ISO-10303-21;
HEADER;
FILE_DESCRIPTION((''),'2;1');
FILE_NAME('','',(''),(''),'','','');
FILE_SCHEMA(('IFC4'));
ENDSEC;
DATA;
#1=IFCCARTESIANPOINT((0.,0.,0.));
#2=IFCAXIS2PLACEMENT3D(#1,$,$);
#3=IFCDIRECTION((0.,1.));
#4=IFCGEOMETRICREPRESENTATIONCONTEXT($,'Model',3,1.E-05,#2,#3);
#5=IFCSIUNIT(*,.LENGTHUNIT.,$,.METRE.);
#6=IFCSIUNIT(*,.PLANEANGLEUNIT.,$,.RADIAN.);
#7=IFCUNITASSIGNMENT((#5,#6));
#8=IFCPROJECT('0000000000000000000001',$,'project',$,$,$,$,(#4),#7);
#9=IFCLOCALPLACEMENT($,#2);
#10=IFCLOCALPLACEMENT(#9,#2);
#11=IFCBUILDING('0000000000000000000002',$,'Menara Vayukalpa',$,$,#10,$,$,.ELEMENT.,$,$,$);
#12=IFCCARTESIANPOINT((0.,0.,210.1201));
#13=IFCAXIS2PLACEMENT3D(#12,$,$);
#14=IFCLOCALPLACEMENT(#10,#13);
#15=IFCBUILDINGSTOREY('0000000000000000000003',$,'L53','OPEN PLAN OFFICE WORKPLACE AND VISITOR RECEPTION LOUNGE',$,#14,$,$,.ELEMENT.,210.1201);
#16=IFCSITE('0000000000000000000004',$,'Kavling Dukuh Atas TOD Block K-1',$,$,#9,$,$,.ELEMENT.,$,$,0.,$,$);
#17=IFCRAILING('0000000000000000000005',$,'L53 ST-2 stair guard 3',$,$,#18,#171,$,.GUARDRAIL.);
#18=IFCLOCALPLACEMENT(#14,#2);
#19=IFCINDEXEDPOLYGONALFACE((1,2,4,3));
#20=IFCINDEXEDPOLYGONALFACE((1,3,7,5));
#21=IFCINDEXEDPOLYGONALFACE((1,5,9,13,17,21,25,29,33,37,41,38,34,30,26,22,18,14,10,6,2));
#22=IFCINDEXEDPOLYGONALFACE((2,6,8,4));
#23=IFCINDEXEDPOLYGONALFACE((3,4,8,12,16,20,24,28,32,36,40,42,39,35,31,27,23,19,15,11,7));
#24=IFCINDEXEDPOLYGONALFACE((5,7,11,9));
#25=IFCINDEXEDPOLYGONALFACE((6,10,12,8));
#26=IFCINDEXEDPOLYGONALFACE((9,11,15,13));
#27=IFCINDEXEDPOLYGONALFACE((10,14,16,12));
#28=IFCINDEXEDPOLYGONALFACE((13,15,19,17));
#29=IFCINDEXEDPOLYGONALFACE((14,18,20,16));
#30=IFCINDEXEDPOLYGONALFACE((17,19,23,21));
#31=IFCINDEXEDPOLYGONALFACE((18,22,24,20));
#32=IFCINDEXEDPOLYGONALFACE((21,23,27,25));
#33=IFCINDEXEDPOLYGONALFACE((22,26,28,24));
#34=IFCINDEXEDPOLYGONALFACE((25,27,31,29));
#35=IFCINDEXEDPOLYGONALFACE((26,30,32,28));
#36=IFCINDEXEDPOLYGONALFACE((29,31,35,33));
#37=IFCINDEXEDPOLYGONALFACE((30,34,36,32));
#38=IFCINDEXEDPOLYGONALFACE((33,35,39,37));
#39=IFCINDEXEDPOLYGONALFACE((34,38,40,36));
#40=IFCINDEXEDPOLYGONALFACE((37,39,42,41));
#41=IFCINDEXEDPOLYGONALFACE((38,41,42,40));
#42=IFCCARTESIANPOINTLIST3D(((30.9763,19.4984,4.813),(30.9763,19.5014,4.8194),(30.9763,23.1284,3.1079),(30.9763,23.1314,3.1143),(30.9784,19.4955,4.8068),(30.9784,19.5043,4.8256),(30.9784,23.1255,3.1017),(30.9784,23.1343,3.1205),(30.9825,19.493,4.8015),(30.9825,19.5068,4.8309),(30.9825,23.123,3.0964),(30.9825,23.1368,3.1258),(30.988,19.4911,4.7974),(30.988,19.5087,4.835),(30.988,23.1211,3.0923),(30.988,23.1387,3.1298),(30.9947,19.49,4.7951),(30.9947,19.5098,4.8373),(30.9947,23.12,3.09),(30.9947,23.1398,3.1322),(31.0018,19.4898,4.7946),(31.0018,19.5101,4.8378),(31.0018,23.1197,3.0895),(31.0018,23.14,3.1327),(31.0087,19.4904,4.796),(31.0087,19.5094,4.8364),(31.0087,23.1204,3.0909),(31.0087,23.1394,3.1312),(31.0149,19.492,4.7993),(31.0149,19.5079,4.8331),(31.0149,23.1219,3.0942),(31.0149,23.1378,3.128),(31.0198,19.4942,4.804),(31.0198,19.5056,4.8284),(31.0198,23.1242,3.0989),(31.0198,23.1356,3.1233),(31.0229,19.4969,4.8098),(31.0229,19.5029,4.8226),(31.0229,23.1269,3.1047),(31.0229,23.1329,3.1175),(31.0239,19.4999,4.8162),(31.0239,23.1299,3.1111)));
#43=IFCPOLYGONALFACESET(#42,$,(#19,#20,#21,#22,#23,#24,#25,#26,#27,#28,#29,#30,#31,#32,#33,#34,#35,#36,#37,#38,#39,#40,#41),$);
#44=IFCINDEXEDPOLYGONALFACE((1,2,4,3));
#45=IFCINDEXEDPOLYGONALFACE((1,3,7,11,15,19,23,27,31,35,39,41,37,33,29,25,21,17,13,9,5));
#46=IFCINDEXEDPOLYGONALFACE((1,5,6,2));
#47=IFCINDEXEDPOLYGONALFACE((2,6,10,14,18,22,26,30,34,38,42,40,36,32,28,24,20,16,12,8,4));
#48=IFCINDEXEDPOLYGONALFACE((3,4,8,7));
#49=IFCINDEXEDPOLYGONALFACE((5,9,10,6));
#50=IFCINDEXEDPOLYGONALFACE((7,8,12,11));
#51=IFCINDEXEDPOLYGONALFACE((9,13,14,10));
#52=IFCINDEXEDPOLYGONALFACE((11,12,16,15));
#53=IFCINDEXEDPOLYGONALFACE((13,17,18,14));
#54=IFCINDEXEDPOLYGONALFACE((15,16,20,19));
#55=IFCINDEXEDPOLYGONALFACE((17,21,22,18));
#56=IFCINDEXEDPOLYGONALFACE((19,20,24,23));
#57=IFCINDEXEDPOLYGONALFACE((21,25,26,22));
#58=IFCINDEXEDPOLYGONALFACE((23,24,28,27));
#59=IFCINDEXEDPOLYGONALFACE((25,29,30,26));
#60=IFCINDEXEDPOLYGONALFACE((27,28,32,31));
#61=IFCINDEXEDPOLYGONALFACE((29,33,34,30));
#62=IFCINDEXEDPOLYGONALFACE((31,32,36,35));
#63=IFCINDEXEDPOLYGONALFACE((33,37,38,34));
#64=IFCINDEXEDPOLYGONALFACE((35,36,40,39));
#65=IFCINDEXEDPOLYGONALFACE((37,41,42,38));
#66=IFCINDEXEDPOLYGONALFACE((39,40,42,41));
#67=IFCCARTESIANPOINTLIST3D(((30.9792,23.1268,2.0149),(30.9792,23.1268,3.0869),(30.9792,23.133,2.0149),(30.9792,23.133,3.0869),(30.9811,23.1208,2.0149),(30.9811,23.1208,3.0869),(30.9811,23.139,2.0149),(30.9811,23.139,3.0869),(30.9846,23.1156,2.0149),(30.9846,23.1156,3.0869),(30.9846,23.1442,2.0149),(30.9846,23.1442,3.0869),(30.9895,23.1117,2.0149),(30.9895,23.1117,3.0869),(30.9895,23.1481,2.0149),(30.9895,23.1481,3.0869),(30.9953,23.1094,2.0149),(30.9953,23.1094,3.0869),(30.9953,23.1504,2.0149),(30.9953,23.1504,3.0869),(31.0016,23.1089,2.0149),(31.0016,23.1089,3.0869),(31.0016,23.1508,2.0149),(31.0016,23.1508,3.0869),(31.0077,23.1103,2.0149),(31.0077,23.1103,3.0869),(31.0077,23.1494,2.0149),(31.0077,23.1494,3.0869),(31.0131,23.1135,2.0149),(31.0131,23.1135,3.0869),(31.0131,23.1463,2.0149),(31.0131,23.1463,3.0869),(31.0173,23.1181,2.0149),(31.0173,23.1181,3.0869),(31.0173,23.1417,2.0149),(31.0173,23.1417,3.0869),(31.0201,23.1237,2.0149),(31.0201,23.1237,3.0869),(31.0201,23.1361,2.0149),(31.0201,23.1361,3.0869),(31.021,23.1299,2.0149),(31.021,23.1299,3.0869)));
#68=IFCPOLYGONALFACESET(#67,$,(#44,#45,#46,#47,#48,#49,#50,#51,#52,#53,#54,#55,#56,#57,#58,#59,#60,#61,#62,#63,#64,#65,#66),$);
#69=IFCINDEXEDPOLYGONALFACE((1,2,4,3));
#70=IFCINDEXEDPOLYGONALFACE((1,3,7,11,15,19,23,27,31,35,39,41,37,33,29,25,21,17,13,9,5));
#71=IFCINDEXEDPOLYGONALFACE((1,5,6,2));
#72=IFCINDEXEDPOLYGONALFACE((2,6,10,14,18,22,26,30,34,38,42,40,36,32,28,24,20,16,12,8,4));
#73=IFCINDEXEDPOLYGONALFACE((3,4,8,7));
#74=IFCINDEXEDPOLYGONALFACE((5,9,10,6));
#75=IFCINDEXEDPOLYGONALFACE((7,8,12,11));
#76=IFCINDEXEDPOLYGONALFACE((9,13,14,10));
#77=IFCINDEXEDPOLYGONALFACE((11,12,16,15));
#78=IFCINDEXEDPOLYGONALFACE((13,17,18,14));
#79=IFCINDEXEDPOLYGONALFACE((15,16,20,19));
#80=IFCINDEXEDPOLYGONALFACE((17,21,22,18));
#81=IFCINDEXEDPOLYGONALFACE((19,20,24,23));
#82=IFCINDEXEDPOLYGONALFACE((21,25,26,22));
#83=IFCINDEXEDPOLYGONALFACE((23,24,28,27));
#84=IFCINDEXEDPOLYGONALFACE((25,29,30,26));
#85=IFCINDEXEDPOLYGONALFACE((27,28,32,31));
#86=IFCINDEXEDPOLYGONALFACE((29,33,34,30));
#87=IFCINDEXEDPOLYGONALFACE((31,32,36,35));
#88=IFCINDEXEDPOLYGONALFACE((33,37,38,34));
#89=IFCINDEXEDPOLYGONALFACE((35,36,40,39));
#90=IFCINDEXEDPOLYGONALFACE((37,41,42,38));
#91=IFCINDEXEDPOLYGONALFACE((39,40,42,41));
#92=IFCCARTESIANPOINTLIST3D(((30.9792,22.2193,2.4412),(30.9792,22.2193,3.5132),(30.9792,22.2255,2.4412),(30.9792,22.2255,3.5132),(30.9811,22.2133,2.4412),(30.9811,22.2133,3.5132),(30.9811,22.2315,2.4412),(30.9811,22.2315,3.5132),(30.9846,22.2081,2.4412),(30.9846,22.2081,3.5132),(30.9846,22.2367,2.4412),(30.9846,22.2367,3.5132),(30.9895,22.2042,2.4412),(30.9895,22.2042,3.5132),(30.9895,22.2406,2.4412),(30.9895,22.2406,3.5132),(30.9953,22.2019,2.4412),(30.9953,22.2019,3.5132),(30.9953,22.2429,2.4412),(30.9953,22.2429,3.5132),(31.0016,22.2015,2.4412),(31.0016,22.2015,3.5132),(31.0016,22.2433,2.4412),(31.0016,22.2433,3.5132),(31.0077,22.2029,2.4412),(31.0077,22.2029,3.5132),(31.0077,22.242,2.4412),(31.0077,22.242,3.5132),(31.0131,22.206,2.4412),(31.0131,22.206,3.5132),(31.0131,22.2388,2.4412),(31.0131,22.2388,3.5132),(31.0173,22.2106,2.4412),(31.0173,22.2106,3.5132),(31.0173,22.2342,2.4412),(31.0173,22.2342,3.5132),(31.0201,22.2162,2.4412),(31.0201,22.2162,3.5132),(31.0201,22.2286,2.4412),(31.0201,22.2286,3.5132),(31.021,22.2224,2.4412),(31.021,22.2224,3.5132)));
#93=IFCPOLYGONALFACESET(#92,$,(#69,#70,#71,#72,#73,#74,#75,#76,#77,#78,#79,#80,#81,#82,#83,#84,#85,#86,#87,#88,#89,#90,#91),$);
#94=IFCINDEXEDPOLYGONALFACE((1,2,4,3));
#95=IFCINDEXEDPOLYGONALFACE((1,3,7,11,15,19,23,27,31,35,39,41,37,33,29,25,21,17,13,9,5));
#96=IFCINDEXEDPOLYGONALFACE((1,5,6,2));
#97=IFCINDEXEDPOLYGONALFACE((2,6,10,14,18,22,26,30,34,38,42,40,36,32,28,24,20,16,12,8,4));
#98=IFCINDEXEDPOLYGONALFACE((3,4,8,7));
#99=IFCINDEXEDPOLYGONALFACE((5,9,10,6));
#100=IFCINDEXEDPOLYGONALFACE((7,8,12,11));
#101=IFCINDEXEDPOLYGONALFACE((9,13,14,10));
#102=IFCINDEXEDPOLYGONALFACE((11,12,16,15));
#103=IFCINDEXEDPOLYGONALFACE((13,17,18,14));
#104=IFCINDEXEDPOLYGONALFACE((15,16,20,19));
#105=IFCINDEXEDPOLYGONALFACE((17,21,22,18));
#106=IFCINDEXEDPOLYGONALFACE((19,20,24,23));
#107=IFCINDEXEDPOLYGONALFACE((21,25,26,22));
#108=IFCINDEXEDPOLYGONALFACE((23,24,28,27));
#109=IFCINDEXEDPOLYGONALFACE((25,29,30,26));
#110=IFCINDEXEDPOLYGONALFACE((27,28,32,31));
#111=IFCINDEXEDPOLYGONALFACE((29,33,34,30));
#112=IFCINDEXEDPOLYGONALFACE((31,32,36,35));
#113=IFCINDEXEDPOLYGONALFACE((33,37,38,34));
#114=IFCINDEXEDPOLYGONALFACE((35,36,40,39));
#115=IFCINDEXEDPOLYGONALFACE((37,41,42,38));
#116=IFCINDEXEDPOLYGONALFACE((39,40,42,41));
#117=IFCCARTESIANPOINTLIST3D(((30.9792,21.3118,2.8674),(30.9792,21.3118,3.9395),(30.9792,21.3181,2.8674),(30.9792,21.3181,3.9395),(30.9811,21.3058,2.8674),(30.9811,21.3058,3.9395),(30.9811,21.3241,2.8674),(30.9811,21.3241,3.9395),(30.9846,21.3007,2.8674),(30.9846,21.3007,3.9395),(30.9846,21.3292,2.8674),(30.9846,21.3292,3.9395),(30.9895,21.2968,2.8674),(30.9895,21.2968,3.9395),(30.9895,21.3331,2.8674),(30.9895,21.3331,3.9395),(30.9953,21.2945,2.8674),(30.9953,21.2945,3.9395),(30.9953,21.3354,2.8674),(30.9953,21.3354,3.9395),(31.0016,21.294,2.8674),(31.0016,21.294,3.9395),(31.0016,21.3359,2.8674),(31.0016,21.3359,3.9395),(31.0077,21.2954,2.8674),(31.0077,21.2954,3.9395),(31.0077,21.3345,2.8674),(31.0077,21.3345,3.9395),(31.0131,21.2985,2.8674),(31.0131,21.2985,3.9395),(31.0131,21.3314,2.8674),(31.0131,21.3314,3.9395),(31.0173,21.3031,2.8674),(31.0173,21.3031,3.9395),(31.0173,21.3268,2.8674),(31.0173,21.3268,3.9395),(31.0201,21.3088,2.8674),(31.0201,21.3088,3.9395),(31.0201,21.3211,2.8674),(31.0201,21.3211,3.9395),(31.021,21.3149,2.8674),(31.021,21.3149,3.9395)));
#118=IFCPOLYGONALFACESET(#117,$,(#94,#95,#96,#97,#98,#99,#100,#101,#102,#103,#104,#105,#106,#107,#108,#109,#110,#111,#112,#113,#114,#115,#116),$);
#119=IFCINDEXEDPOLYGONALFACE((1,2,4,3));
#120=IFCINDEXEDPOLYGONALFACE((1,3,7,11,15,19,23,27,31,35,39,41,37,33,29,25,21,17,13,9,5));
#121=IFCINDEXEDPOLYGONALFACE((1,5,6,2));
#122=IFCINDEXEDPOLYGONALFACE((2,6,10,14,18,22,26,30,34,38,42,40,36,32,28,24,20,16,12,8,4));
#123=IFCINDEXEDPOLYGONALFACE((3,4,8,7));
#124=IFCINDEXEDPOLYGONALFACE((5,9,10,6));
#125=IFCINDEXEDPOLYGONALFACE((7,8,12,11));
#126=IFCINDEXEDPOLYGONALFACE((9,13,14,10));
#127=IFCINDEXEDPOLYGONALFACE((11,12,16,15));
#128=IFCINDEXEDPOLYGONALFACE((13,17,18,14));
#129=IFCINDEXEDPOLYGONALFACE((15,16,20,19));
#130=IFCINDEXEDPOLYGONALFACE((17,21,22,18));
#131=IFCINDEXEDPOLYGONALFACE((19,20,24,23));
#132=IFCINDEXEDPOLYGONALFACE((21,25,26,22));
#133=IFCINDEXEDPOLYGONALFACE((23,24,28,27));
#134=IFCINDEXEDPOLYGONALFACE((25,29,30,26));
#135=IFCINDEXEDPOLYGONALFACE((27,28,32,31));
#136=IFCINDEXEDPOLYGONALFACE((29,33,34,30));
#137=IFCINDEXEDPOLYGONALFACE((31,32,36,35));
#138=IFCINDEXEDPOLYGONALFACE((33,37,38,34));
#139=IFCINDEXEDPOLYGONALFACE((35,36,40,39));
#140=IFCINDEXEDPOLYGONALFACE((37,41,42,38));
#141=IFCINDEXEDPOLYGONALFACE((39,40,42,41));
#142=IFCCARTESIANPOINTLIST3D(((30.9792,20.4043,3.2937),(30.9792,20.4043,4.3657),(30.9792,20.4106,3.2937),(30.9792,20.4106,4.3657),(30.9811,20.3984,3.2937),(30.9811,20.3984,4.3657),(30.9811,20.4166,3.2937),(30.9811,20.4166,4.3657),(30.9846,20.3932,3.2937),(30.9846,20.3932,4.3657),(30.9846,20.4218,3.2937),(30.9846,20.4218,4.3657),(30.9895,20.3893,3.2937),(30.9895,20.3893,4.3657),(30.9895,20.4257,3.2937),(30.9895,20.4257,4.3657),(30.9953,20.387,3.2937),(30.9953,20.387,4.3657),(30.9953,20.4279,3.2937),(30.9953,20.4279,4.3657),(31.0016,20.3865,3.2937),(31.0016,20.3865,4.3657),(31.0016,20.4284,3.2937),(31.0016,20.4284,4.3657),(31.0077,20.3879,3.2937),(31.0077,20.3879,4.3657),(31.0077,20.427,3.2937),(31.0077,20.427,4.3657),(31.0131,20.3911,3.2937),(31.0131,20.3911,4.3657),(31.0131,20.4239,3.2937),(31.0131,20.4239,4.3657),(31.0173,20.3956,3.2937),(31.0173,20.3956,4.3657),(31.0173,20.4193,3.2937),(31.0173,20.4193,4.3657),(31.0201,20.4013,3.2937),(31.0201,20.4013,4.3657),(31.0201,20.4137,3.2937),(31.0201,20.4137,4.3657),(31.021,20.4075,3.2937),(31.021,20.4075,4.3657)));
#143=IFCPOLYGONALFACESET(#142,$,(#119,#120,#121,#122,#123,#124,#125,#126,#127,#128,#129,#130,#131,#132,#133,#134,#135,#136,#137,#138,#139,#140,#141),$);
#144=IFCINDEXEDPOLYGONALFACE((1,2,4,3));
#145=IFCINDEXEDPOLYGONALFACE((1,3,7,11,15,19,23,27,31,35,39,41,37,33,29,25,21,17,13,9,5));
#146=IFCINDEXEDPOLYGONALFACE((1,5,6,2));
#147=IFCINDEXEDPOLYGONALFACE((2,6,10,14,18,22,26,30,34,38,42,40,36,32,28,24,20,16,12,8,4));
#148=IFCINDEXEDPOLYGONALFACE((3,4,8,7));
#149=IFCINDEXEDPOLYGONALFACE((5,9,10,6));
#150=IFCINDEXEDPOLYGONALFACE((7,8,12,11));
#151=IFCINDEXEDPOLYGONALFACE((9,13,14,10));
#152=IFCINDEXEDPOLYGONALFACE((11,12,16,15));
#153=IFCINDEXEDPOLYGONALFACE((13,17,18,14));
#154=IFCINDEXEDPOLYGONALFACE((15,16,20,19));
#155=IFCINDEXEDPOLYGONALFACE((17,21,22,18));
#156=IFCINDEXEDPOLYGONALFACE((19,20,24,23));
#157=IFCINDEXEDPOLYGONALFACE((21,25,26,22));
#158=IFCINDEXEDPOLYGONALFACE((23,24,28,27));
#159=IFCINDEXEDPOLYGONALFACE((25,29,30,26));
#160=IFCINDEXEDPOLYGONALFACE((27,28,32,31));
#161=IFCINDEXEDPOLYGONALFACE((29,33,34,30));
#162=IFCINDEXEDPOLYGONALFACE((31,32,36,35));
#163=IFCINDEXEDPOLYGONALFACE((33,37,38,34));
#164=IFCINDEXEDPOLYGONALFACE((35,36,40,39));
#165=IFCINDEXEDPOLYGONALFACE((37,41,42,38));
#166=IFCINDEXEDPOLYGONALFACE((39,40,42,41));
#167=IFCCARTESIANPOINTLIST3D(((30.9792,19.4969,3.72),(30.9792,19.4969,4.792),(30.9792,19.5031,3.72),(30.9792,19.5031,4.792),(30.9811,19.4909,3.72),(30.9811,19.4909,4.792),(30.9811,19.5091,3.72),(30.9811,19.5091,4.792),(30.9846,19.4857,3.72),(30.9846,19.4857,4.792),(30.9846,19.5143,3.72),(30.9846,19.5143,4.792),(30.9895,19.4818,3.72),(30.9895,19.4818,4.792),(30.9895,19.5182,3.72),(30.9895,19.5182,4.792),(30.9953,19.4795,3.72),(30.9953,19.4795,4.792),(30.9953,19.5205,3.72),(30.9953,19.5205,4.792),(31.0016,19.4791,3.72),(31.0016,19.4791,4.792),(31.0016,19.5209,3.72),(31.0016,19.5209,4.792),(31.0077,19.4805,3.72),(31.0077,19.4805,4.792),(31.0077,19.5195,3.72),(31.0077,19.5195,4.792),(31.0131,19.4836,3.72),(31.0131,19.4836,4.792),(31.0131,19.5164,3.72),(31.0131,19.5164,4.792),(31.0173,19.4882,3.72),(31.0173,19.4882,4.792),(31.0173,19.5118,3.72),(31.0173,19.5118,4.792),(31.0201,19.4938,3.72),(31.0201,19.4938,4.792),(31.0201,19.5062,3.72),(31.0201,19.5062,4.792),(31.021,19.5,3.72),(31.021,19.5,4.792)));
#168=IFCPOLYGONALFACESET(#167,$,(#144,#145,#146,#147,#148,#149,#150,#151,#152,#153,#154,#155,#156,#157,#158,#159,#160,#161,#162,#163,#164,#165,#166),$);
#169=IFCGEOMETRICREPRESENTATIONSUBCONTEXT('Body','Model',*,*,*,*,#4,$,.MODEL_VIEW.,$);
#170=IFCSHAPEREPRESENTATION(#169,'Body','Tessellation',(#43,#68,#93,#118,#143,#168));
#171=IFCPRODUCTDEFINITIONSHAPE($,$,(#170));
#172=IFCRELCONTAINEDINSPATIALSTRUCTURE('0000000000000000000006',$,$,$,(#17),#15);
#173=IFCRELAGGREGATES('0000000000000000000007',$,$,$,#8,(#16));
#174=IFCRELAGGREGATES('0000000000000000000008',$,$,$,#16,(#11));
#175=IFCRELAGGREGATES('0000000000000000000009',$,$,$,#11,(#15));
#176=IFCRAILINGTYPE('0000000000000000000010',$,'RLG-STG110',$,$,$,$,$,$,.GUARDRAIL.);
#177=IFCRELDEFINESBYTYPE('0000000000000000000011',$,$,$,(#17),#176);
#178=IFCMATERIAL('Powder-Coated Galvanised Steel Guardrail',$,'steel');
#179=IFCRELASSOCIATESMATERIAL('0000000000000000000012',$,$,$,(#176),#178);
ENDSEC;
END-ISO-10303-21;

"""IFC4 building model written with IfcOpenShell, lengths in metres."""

from ifc_helpers import new_model, si_unit, direction, frame, origin, origin_2d, place, context, subcontext, project, spatial, circle, extrude, material, type_object, element, save


model = new_model("IFC4")

# Units and contexts
model_context = context("Model", 3, precision=1e-05, world=origin(), true_north=direction((0.0, 1.0)))
body_context = subcontext(model_context, "Body", "Model", "MODEL_VIEW")
ifc_project = project(units=[si_unit("LENGTHUNIT", "METRE"), si_unit("PLANEANGLEUNIT", "RADIAN")], contexts=[model_context])

# Site, building, storey
site_placement = place(None, origin())
site = spatial("IfcSite", under=ifc_project, at=site_placement, Name="Kavling Dukuh Atas TOD Block K-1", CompositionType="ELEMENT", RefElevation=0.0)
building_placement = place(site_placement, origin())
building = spatial("IfcBuilding", under=site, at=building_placement, Name="Menara Vayukalpa", CompositionType="ELEMENT")
storey_placement = place(building_placement, frame((0.0, 0.0, 210.1201)))
storey = spatial("IfcBuildingStorey", under=building, at=storey_placement, Name="L53", Description="OPEN PLAN OFFICE WORKPLACE AND VISITOR RECEPTION LOUNGE", CompositionType="ELEMENT", Elevation=210.1201)

# Railing
ifc_material_1 = material(Name="Powder-Coated Galvanised Steel Guardrail", Category="steel")
railing_type_1 = type_object("IfcRailingType", Name="RLG-STG110", PredefinedType="GUARDRAIL", material=ifc_material_1)
railing_1_placement = place(storey_placement, frame((31.0, 23.1299, 2.0149)))
element("IfcRailing", 1, at=railing_1_placement, inside=storey, type_object=railing_type_1, Name="L53 ST-2 stair guard 3", PredefinedType="GUARDRAIL", context=body_context, shape_type="SweptSolid", body=[
    extrude(circle(Radius=0.0239, at=origin_2d()), frame((0.0, 0.0, 1.0962), z_axis=(0.0, -0.905116, 0.425164), x_axis=(1.0, 0.0, 0.0)), (0.0, 0.0, 1.0), 4.0105),
    extrude(circle(Radius=0.021, at=origin_2d()), origin(), (0.0, 0.0, 1.0), 1.072),
    extrude(circle(Radius=0.021, at=origin_2d()), frame((0.0, -0.9075, 0.4263)), (0.0, 0.0, 1.0), 1.072),
    extrude(circle(Radius=0.021, at=origin_2d()), frame((0.0, -1.8149, 0.8525)), (0.0, 0.0, 1.0), 1.072),
    extrude(circle(Radius=0.021, at=origin_2d()), frame((0.0, -2.7224, 1.2788)), (0.0, 0.0, 1.0), 1.072),
    extrude(circle(Radius=0.021, at=origin_2d()), frame((0.0, -3.6299, 1.7051)), (0.0, 0.0, 1.0), 1.072),
])

save(model, "model.ifc")
